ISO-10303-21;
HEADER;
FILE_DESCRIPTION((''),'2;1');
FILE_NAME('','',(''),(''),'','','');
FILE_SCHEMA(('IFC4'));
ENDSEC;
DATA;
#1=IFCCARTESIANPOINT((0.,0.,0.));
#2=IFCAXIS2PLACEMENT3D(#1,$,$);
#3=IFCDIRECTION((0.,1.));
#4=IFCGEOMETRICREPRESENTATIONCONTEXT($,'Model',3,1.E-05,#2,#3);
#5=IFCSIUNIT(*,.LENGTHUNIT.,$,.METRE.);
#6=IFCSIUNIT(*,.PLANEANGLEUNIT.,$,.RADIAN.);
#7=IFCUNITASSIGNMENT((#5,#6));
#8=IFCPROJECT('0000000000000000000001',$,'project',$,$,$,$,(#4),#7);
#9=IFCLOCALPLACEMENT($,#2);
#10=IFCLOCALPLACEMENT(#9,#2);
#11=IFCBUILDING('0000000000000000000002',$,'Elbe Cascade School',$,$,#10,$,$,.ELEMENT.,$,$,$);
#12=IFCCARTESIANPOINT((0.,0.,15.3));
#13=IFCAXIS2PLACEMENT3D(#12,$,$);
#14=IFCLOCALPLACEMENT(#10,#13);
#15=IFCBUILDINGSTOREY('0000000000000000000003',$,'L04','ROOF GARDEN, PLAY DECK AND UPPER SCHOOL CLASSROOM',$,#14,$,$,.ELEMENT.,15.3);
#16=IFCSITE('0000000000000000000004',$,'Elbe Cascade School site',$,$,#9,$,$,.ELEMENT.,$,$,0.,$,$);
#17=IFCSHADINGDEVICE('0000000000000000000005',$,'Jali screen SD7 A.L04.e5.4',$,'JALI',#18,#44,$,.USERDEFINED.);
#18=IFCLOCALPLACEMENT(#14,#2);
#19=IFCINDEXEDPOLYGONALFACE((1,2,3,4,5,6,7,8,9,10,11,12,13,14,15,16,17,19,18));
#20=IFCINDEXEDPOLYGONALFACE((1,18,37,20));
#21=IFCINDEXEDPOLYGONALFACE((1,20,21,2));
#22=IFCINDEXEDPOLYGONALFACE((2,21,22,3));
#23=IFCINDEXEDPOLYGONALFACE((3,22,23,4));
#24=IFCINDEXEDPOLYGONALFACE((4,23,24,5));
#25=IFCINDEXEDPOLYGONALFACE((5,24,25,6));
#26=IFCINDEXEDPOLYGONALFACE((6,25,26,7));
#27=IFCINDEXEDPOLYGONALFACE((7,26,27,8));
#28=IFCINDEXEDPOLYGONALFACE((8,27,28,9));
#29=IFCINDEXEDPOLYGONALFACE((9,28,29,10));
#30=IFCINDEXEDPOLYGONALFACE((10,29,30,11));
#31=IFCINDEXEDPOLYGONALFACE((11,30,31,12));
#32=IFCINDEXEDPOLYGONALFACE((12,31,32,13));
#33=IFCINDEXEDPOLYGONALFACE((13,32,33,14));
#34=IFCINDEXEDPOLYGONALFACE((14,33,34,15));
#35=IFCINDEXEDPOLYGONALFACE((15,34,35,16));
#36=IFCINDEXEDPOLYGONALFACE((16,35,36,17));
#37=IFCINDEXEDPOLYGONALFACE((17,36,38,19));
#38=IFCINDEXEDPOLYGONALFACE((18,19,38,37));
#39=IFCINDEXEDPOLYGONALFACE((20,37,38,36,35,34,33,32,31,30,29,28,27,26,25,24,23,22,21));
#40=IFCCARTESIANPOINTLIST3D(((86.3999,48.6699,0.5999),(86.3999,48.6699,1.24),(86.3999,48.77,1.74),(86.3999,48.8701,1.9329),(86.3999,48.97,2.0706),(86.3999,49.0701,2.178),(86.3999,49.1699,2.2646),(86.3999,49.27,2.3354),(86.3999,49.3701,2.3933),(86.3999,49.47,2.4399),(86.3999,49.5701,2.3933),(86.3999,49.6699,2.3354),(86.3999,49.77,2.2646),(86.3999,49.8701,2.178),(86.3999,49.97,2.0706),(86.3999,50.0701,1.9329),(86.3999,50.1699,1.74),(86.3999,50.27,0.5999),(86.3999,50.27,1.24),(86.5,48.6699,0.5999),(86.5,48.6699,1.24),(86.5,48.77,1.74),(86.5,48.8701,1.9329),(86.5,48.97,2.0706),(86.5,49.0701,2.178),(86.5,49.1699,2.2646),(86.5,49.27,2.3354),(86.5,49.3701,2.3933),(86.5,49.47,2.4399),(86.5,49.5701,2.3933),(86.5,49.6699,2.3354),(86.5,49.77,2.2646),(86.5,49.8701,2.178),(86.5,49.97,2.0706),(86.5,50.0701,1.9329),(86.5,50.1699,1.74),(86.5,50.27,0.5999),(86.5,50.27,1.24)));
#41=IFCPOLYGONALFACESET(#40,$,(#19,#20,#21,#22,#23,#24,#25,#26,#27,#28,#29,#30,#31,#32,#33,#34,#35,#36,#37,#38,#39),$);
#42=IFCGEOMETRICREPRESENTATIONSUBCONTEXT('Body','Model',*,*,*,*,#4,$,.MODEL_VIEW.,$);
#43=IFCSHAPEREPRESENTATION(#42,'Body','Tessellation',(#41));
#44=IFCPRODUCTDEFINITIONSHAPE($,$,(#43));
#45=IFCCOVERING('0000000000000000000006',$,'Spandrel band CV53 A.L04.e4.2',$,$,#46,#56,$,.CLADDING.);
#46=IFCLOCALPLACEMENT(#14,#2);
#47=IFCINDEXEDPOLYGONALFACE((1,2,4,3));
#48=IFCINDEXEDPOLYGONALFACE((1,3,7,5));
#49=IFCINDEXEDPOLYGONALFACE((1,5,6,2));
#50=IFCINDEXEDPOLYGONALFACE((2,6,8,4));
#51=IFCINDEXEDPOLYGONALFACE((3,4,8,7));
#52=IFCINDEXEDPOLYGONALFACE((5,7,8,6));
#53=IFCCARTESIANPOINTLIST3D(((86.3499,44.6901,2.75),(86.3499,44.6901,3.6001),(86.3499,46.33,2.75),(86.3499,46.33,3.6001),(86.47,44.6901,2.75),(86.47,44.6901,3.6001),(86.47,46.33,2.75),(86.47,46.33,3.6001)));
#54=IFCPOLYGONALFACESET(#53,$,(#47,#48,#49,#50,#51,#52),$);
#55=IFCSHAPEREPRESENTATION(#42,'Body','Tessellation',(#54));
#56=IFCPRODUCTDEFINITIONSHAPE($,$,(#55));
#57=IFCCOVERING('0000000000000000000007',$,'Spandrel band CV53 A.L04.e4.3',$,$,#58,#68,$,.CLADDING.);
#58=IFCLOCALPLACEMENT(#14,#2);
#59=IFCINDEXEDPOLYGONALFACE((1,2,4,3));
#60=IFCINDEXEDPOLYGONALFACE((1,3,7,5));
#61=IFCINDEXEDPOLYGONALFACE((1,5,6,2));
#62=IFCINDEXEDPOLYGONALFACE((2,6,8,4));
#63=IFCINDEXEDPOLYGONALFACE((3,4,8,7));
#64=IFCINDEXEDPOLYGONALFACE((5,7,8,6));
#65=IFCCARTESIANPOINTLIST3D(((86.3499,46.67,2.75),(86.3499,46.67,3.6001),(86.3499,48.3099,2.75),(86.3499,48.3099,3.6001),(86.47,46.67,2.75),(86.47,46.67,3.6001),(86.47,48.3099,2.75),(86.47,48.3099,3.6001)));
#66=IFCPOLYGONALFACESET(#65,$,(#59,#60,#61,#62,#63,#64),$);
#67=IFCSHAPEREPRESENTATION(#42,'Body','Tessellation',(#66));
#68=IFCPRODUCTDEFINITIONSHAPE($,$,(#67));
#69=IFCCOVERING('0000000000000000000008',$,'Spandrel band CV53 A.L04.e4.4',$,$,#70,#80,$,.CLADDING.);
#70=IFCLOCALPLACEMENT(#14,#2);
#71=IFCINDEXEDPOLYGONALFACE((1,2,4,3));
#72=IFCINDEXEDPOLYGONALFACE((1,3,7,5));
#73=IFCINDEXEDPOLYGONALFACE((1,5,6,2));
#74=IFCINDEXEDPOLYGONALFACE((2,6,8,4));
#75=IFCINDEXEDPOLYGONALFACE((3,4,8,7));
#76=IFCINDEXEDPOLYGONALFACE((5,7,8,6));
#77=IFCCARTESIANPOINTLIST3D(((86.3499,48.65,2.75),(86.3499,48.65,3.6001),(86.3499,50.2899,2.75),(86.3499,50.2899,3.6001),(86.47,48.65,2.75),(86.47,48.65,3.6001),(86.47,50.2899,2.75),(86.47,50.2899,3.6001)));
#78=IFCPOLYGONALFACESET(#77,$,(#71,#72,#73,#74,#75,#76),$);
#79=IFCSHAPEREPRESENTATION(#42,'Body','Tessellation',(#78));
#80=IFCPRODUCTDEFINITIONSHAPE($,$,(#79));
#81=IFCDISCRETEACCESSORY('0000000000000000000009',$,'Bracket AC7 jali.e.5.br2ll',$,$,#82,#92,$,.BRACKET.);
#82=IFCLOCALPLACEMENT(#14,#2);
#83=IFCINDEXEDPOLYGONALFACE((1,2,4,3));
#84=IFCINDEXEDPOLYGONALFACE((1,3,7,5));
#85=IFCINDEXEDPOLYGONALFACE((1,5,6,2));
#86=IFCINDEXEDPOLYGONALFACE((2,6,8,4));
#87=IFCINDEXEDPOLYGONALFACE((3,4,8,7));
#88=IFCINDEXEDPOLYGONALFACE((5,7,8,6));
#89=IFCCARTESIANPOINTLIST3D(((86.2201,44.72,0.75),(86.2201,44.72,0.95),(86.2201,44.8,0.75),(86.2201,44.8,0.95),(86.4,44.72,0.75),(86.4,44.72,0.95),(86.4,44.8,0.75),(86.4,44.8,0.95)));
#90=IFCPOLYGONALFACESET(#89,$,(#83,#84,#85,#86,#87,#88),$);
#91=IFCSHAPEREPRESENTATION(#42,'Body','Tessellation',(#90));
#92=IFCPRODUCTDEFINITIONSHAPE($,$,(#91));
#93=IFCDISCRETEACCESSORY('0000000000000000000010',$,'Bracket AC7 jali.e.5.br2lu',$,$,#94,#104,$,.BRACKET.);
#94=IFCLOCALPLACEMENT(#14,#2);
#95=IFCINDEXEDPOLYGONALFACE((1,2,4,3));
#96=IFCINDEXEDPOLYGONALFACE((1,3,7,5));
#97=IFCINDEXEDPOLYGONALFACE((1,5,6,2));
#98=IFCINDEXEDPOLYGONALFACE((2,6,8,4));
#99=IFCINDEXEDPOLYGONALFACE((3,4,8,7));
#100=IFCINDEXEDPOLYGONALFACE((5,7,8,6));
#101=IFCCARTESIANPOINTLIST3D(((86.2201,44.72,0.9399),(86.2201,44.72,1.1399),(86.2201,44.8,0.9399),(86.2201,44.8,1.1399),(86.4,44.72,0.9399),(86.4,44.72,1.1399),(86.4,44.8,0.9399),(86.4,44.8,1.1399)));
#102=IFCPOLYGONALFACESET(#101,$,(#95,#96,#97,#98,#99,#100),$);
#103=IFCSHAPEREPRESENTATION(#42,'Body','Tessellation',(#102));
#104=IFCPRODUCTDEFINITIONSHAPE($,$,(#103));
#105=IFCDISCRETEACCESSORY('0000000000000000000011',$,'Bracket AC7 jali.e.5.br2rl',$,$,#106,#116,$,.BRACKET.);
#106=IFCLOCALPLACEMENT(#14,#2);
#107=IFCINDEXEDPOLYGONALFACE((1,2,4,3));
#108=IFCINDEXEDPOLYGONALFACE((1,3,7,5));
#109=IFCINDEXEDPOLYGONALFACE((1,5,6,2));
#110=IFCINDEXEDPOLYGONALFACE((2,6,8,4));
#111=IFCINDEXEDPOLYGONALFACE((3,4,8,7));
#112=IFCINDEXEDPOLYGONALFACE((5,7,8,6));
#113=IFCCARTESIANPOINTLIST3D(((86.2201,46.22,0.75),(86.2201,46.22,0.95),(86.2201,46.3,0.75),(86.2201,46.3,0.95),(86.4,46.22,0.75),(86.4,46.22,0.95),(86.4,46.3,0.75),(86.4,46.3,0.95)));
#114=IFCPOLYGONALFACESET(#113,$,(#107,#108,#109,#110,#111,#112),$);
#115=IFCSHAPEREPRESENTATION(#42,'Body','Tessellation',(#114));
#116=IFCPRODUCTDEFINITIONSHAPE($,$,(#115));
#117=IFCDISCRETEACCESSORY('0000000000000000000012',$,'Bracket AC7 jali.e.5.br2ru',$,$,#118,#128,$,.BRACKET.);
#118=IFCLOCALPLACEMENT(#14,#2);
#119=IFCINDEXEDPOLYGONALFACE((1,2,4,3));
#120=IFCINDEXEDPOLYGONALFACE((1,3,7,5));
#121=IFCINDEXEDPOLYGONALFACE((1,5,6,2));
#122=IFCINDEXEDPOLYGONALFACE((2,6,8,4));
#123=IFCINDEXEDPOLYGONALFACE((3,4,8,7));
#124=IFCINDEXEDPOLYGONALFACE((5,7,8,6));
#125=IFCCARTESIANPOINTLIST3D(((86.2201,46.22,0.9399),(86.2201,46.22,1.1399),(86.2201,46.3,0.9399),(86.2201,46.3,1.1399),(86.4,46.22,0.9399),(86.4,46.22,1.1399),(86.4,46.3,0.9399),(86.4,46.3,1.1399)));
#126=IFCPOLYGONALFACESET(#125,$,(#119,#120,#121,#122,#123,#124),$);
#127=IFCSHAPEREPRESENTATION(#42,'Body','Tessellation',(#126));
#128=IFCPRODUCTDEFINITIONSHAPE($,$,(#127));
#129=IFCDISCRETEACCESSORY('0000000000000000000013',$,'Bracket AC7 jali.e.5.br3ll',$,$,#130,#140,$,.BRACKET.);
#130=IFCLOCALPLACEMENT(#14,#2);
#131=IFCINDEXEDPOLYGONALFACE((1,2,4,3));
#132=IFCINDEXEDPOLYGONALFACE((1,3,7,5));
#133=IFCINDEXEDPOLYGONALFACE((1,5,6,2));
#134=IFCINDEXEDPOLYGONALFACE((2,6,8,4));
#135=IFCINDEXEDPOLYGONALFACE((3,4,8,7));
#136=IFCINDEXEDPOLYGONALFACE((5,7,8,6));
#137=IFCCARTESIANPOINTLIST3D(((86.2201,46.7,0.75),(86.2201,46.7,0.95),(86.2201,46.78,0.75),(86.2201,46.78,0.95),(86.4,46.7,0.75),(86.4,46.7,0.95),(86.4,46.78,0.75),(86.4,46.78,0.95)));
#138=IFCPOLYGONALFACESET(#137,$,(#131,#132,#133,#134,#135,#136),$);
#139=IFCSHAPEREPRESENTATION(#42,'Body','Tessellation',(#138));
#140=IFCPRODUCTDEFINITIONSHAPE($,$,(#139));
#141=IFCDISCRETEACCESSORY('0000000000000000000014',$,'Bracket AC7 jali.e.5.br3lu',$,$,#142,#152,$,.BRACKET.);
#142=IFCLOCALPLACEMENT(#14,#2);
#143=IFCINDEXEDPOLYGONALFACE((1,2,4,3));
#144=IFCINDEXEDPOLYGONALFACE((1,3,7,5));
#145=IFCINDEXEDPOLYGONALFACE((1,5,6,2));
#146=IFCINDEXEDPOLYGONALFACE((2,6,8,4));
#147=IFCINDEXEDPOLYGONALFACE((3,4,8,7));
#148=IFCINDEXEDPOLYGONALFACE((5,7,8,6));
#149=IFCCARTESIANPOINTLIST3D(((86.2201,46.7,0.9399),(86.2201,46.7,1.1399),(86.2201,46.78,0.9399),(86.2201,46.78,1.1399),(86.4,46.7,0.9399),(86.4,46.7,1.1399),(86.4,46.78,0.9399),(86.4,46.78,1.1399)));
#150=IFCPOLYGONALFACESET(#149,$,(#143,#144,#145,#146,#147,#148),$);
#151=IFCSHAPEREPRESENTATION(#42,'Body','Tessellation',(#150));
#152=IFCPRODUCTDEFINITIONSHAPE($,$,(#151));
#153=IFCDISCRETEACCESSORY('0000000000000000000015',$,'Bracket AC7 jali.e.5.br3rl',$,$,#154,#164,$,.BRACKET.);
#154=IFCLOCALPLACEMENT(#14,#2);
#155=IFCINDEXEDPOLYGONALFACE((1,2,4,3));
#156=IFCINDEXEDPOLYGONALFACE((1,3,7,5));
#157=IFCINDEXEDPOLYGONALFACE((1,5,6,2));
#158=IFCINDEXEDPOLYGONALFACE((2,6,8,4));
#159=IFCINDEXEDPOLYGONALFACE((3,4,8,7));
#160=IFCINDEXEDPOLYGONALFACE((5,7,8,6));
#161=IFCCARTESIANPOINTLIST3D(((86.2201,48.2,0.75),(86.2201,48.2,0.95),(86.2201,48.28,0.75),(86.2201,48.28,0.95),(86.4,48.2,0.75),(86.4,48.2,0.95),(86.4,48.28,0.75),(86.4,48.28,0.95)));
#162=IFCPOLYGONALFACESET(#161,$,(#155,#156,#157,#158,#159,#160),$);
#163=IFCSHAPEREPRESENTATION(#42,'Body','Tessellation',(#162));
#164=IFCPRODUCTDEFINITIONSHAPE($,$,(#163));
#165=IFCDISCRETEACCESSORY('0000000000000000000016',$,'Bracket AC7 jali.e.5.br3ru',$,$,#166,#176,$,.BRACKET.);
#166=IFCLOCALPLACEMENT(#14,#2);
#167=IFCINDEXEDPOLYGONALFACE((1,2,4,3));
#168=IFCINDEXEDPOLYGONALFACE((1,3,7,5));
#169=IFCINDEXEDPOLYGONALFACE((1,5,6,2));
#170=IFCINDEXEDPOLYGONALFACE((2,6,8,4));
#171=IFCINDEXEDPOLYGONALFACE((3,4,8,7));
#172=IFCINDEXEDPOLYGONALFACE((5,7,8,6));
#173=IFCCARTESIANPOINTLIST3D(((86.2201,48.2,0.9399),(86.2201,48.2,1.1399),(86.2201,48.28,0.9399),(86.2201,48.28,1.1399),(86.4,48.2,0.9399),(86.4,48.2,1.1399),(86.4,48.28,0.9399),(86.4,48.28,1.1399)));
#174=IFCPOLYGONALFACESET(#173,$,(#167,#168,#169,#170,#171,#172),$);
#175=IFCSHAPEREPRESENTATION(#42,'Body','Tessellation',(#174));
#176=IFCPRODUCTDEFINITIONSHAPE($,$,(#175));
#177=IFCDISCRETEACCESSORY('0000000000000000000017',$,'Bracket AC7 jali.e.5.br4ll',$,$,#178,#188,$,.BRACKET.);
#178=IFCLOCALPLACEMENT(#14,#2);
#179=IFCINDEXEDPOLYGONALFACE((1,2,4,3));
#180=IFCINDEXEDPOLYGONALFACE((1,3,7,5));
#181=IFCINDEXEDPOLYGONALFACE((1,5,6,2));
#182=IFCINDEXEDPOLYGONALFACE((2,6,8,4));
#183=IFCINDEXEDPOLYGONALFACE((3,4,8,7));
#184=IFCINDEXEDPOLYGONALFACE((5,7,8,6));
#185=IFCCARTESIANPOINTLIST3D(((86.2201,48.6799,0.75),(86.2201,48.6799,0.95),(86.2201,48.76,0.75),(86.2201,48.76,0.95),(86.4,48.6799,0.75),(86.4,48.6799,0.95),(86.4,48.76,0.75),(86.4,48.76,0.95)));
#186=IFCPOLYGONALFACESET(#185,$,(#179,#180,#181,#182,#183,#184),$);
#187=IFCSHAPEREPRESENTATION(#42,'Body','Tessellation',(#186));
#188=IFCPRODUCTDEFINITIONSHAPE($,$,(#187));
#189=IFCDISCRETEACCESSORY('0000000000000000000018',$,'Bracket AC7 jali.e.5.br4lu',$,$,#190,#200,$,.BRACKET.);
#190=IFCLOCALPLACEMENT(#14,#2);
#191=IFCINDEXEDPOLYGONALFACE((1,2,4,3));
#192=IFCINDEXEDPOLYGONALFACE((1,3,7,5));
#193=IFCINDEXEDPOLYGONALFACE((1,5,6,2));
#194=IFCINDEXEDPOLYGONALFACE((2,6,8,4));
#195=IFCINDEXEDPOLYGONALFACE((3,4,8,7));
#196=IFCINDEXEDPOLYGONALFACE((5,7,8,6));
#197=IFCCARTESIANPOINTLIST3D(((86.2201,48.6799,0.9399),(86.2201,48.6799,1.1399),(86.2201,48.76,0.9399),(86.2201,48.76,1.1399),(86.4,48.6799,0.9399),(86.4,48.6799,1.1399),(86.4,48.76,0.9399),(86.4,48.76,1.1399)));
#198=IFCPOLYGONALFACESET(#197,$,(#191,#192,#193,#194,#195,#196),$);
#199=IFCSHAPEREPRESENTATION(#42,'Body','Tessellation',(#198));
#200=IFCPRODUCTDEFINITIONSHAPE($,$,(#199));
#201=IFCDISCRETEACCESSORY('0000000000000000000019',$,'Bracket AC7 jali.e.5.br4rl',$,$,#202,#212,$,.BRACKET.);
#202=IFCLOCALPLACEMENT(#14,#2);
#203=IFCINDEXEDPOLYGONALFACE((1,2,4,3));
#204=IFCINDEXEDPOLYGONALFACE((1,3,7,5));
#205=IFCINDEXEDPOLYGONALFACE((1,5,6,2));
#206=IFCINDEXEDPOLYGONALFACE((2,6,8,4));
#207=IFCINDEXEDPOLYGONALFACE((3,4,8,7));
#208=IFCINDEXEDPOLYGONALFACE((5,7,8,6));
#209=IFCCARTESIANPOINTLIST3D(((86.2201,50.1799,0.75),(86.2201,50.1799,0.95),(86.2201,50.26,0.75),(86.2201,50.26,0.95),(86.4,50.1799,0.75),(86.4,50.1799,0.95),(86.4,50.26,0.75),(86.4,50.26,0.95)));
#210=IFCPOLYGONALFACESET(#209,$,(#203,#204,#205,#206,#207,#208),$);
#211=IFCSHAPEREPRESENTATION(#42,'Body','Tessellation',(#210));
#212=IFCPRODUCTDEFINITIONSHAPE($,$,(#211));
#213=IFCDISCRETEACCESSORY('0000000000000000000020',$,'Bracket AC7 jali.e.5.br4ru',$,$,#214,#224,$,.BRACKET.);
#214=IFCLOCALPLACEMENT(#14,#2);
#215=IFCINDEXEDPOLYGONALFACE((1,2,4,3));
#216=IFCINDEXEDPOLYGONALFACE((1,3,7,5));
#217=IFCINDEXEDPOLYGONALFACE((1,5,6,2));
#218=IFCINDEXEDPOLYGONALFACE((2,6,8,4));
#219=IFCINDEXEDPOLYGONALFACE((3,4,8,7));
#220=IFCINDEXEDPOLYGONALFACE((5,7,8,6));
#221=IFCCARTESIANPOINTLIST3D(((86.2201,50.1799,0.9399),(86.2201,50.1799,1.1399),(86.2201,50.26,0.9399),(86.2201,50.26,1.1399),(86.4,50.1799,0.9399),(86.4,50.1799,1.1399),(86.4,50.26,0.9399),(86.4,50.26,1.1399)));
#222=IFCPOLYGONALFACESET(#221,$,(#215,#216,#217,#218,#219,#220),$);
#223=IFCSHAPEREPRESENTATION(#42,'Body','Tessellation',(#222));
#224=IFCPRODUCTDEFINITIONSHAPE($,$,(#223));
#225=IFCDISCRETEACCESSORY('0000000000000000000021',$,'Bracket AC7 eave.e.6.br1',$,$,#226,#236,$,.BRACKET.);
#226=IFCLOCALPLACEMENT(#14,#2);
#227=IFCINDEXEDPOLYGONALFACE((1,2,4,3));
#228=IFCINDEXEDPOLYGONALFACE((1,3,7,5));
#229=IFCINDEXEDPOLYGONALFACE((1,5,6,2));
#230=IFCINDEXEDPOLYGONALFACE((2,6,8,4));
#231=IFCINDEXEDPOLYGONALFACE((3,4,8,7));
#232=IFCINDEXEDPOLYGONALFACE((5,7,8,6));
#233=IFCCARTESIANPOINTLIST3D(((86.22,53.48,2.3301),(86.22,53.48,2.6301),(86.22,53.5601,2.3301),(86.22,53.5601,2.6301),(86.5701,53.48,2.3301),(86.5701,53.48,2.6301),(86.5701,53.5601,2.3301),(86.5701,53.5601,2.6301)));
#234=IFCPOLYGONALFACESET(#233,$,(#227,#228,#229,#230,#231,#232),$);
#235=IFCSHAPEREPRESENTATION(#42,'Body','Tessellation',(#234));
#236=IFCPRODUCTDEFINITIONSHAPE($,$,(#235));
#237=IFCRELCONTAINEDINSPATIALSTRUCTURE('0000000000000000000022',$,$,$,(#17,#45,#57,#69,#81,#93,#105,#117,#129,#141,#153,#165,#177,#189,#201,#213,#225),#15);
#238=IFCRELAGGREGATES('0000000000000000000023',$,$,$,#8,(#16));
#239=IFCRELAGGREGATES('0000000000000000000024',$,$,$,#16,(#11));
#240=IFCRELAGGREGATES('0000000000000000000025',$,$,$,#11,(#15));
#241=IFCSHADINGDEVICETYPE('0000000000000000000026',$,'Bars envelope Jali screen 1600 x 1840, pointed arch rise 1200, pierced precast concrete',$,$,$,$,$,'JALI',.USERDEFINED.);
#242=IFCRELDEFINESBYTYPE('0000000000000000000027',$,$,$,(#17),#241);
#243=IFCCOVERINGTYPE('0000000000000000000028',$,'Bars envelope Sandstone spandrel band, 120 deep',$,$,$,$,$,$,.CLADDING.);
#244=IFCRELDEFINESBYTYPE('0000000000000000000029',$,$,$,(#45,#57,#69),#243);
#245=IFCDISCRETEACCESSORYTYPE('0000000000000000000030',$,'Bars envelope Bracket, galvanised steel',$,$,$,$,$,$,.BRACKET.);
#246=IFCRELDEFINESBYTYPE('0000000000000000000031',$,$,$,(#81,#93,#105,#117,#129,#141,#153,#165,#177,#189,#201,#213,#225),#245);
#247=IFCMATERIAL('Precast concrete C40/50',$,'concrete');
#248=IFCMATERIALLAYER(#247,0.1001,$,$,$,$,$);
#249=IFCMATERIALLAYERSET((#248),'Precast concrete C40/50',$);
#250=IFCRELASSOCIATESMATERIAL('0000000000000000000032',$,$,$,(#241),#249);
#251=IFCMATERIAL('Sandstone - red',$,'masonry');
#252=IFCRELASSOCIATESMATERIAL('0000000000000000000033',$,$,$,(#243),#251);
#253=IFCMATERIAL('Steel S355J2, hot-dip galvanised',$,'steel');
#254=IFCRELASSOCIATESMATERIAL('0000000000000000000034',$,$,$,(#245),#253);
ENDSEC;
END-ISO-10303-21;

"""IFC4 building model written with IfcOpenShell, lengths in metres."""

from ifc_helpers import new_model, si_unit, direction, frame, origin, origin_2d, place, context, subcontext, project, spatial, polyline, rectangle, outline, extrude, material, layer, layer_set, type_object, element, save


model = new_model("IFC4")

# Units and contexts
model_context = context("Model", 3, precision=1e-05, world=origin(), true_north=direction((0.0, 1.0)))
body_context = subcontext(model_context, "Body", "Model", "MODEL_VIEW")
ifc_project = project(units=[si_unit("LENGTHUNIT", "METRE"), si_unit("PLANEANGLEUNIT", "RADIAN")], contexts=[model_context])

# Site, building, storey
site_placement = place(None, origin())
site = spatial("IfcSite", under=ifc_project, at=site_placement, Name="Elbe Cascade School site", CompositionType="ELEMENT", RefElevation=0.0)
building_placement = place(site_placement, origin())
building = spatial("IfcBuilding", under=site, at=building_placement, Name="Elbe Cascade School", CompositionType="ELEMENT")
storey_placement = place(building_placement, frame((0.0, 0.0, 15.3)))
storey = spatial("IfcBuildingStorey", under=building, at=storey_placement, Name="L04", Description="ROOF GARDEN, PLAY DECK AND UPPER SCHOOL CLASSROOM", CompositionType="ELEMENT", Elevation=15.3)

# Shading device
ifc_material_1 = material(Name="Precast concrete C40/50", Category="concrete")
ifc_layer_1 = layer(ifc_material_1, 0.1001)
ifc_layer_set_1 = layer_set([ifc_layer_1], Name="Precast concrete C40/50")
shading_device_type_1 = type_object("IfcShadingDeviceType", Name="Bars envelope Jali screen 1600 x 1840, pointed arch rise 1200, pierced precast concrete", ElementType="JALI", PredefinedType="USERDEFINED", material=ifc_layer_set_1)
shading_device_1_placement = place(storey_placement, frame((86.5, 48.6699, 0.5999), z_axis=(1.0, 0.0, 0.0), x_axis=(0.0, 1.0, 0.0)))
element("IfcShadingDevice", 1, at=shading_device_1_placement, inside=storey, type_object=shading_device_type_1, Name="Jali screen SD7 A.L04.e5.4", ObjectType="JALI", PredefinedType="USERDEFINED", context=body_context, shape_type="SweptSolid", body=[
    extrude(outline(polyline([(0.0, 0.0), (1.6001, 0.0), (1.6001, 0.6401), (1.5, 1.1401), (1.4001, 1.333), (1.3, 1.4707), (1.2002, 1.5781), (1.1001, 1.6648), (1.0, 1.7356), (0.9001, 1.7935), (0.8, 1.8401), (0.7002, 1.7935), (0.6001, 1.7356), (0.5, 1.6648), (0.4001, 1.5781), (0.3, 1.4707), (0.2002, 1.333), (0.1001, 1.1401), (0.0, 0.6401), (0.0, 0.0)])), origin(), (0.0, 0.0, -1.0), 0.1001),
])

# Coverings
ifc_material_2 = material(Name="Sandstone - red", Category="masonry")
covering_type = type_object("IfcCoveringType", Name="Bars envelope Sandstone spandrel band, 120 deep", PredefinedType="CLADDING", material=ifc_material_2)
for number, where, z_axis, x_axis, name in (
    (2, (86.4099, 45.51, 2.75), (0.0, 0.0, 1.0), (0.0, 1.0, 0.0), "Spandrel band CV53 A.L04.e4.2"),
    (3, (86.4099, 47.49, 2.75), (0.0, 0.0, 1.0), (0.0, 1.0, 0.0), "Spandrel band CV53 A.L04.e4.3"),
    (4, (86.4099, 49.47, 2.75), (0.0, 0.0, 1.0), (0.0, 1.0, 0.0), "Spandrel band CV53 A.L04.e4.4"),
):
    element("IfcCovering", number, at=place(storey_placement, frame(where, z_axis=z_axis, x_axis=x_axis)), inside=storey, type_object=covering_type, Name=name, PredefinedType="CLADDING", context=body_context, shape_type="SweptSolid", body=[
        extrude(rectangle(XDim=1.6399, YDim=0.1201, at=origin_2d()), origin(), (0.0, 0.0, 1.0), 0.8501),
    ])

# Discrete accessories
ifc_material_3 = material(Name="Steel S355J2, hot-dip galvanised", Category="steel")
discrete_accessory_type = type_object("IfcDiscreteAccessoryType", Name="Bars envelope Bracket, galvanised steel", PredefinedType="BRACKET", material=ifc_material_3)
for number, where, z_axis, x_axis, name in (
    (5, (86.3101, 44.76, 0.75), (0.0, 0.0, 1.0), (0.0, 1.0, 0.0), "Bracket AC7 jali.e.5.br2ll"),
    (6, (86.3101, 44.76, 0.9399), (0.0, 0.0, 1.0), (0.0, 1.0, 0.0), "Bracket AC7 jali.e.5.br2lu"),
    (7, (86.3101, 46.26, 0.75), (0.0, 0.0, 1.0), (0.0, 1.0, 0.0), "Bracket AC7 jali.e.5.br2rl"),
    (8, (86.3101, 46.26, 0.9399), (0.0, 0.0, 1.0), (0.0, 1.0, 0.0), "Bracket AC7 jali.e.5.br2ru"),
    (9, (86.3101, 46.74, 0.75), (0.0, 0.0, 1.0), (0.0, 1.0, 0.0), "Bracket AC7 jali.e.5.br3ll"),
    (10, (86.3101, 46.74, 0.9399), (0.0, 0.0, 1.0), (0.0, 1.0, 0.0), "Bracket AC7 jali.e.5.br3lu"),
    (11, (86.3101, 48.24, 0.75), (0.0, 0.0, 1.0), (0.0, 1.0, 0.0), "Bracket AC7 jali.e.5.br3rl"),
    (12, (86.3101, 48.24, 0.9399), (0.0, 0.0, 1.0), (0.0, 1.0, 0.0), "Bracket AC7 jali.e.5.br3ru"),
    (13, (86.3101, 48.72, 0.75), (0.0, 0.0, 1.0), (0.0, 1.0, 0.0), "Bracket AC7 jali.e.5.br4ll"),
    (14, (86.3101, 48.72, 0.9399), (0.0, 0.0, 1.0), (0.0, 1.0, 0.0), "Bracket AC7 jali.e.5.br4lu"),
    (15, (86.3101, 50.22, 0.75), (0.0, 0.0, 1.0), (0.0, 1.0, 0.0), "Bracket AC7 jali.e.5.br4rl"),
    (16, (86.3101, 50.22, 0.9399), (0.0, 0.0, 1.0), (0.0, 1.0, 0.0), "Bracket AC7 jali.e.5.br4ru"),
):
    element("IfcDiscreteAccessory", number, at=place(storey_placement, frame(where, z_axis=z_axis, x_axis=x_axis)), inside=storey, type_object=discrete_accessory_type, Name=name, PredefinedType="BRACKET", context=body_context, shape_type="SweptSolid", body=[
        extrude(rectangle(XDim=0.0801, YDim=0.1799, at=origin_2d()), origin(), (0.0, 0.0, 1.0), 0.2),
    ])
for number, where, z_axis, x_axis, name in (
    (17, (86.395, 53.52, 2.3301), (0.0, 0.0, 1.0), (0.0, 1.0, 0.0), "Bracket AC7 eave.e.6.br1"),
):
    element("IfcDiscreteAccessory", number, at=place(storey_placement, frame(where, z_axis=z_axis, x_axis=x_axis)), inside=storey, type_object=discrete_accessory_type, Name=name, PredefinedType="BRACKET", context=body_context, shape_type="SweptSolid", body=[
        extrude(rectangle(XDim=0.0801, YDim=0.3501, at=origin_2d()), origin(), (0.0, 0.0, 1.0), 0.3),
    ])

save(model, "model.ifc")
